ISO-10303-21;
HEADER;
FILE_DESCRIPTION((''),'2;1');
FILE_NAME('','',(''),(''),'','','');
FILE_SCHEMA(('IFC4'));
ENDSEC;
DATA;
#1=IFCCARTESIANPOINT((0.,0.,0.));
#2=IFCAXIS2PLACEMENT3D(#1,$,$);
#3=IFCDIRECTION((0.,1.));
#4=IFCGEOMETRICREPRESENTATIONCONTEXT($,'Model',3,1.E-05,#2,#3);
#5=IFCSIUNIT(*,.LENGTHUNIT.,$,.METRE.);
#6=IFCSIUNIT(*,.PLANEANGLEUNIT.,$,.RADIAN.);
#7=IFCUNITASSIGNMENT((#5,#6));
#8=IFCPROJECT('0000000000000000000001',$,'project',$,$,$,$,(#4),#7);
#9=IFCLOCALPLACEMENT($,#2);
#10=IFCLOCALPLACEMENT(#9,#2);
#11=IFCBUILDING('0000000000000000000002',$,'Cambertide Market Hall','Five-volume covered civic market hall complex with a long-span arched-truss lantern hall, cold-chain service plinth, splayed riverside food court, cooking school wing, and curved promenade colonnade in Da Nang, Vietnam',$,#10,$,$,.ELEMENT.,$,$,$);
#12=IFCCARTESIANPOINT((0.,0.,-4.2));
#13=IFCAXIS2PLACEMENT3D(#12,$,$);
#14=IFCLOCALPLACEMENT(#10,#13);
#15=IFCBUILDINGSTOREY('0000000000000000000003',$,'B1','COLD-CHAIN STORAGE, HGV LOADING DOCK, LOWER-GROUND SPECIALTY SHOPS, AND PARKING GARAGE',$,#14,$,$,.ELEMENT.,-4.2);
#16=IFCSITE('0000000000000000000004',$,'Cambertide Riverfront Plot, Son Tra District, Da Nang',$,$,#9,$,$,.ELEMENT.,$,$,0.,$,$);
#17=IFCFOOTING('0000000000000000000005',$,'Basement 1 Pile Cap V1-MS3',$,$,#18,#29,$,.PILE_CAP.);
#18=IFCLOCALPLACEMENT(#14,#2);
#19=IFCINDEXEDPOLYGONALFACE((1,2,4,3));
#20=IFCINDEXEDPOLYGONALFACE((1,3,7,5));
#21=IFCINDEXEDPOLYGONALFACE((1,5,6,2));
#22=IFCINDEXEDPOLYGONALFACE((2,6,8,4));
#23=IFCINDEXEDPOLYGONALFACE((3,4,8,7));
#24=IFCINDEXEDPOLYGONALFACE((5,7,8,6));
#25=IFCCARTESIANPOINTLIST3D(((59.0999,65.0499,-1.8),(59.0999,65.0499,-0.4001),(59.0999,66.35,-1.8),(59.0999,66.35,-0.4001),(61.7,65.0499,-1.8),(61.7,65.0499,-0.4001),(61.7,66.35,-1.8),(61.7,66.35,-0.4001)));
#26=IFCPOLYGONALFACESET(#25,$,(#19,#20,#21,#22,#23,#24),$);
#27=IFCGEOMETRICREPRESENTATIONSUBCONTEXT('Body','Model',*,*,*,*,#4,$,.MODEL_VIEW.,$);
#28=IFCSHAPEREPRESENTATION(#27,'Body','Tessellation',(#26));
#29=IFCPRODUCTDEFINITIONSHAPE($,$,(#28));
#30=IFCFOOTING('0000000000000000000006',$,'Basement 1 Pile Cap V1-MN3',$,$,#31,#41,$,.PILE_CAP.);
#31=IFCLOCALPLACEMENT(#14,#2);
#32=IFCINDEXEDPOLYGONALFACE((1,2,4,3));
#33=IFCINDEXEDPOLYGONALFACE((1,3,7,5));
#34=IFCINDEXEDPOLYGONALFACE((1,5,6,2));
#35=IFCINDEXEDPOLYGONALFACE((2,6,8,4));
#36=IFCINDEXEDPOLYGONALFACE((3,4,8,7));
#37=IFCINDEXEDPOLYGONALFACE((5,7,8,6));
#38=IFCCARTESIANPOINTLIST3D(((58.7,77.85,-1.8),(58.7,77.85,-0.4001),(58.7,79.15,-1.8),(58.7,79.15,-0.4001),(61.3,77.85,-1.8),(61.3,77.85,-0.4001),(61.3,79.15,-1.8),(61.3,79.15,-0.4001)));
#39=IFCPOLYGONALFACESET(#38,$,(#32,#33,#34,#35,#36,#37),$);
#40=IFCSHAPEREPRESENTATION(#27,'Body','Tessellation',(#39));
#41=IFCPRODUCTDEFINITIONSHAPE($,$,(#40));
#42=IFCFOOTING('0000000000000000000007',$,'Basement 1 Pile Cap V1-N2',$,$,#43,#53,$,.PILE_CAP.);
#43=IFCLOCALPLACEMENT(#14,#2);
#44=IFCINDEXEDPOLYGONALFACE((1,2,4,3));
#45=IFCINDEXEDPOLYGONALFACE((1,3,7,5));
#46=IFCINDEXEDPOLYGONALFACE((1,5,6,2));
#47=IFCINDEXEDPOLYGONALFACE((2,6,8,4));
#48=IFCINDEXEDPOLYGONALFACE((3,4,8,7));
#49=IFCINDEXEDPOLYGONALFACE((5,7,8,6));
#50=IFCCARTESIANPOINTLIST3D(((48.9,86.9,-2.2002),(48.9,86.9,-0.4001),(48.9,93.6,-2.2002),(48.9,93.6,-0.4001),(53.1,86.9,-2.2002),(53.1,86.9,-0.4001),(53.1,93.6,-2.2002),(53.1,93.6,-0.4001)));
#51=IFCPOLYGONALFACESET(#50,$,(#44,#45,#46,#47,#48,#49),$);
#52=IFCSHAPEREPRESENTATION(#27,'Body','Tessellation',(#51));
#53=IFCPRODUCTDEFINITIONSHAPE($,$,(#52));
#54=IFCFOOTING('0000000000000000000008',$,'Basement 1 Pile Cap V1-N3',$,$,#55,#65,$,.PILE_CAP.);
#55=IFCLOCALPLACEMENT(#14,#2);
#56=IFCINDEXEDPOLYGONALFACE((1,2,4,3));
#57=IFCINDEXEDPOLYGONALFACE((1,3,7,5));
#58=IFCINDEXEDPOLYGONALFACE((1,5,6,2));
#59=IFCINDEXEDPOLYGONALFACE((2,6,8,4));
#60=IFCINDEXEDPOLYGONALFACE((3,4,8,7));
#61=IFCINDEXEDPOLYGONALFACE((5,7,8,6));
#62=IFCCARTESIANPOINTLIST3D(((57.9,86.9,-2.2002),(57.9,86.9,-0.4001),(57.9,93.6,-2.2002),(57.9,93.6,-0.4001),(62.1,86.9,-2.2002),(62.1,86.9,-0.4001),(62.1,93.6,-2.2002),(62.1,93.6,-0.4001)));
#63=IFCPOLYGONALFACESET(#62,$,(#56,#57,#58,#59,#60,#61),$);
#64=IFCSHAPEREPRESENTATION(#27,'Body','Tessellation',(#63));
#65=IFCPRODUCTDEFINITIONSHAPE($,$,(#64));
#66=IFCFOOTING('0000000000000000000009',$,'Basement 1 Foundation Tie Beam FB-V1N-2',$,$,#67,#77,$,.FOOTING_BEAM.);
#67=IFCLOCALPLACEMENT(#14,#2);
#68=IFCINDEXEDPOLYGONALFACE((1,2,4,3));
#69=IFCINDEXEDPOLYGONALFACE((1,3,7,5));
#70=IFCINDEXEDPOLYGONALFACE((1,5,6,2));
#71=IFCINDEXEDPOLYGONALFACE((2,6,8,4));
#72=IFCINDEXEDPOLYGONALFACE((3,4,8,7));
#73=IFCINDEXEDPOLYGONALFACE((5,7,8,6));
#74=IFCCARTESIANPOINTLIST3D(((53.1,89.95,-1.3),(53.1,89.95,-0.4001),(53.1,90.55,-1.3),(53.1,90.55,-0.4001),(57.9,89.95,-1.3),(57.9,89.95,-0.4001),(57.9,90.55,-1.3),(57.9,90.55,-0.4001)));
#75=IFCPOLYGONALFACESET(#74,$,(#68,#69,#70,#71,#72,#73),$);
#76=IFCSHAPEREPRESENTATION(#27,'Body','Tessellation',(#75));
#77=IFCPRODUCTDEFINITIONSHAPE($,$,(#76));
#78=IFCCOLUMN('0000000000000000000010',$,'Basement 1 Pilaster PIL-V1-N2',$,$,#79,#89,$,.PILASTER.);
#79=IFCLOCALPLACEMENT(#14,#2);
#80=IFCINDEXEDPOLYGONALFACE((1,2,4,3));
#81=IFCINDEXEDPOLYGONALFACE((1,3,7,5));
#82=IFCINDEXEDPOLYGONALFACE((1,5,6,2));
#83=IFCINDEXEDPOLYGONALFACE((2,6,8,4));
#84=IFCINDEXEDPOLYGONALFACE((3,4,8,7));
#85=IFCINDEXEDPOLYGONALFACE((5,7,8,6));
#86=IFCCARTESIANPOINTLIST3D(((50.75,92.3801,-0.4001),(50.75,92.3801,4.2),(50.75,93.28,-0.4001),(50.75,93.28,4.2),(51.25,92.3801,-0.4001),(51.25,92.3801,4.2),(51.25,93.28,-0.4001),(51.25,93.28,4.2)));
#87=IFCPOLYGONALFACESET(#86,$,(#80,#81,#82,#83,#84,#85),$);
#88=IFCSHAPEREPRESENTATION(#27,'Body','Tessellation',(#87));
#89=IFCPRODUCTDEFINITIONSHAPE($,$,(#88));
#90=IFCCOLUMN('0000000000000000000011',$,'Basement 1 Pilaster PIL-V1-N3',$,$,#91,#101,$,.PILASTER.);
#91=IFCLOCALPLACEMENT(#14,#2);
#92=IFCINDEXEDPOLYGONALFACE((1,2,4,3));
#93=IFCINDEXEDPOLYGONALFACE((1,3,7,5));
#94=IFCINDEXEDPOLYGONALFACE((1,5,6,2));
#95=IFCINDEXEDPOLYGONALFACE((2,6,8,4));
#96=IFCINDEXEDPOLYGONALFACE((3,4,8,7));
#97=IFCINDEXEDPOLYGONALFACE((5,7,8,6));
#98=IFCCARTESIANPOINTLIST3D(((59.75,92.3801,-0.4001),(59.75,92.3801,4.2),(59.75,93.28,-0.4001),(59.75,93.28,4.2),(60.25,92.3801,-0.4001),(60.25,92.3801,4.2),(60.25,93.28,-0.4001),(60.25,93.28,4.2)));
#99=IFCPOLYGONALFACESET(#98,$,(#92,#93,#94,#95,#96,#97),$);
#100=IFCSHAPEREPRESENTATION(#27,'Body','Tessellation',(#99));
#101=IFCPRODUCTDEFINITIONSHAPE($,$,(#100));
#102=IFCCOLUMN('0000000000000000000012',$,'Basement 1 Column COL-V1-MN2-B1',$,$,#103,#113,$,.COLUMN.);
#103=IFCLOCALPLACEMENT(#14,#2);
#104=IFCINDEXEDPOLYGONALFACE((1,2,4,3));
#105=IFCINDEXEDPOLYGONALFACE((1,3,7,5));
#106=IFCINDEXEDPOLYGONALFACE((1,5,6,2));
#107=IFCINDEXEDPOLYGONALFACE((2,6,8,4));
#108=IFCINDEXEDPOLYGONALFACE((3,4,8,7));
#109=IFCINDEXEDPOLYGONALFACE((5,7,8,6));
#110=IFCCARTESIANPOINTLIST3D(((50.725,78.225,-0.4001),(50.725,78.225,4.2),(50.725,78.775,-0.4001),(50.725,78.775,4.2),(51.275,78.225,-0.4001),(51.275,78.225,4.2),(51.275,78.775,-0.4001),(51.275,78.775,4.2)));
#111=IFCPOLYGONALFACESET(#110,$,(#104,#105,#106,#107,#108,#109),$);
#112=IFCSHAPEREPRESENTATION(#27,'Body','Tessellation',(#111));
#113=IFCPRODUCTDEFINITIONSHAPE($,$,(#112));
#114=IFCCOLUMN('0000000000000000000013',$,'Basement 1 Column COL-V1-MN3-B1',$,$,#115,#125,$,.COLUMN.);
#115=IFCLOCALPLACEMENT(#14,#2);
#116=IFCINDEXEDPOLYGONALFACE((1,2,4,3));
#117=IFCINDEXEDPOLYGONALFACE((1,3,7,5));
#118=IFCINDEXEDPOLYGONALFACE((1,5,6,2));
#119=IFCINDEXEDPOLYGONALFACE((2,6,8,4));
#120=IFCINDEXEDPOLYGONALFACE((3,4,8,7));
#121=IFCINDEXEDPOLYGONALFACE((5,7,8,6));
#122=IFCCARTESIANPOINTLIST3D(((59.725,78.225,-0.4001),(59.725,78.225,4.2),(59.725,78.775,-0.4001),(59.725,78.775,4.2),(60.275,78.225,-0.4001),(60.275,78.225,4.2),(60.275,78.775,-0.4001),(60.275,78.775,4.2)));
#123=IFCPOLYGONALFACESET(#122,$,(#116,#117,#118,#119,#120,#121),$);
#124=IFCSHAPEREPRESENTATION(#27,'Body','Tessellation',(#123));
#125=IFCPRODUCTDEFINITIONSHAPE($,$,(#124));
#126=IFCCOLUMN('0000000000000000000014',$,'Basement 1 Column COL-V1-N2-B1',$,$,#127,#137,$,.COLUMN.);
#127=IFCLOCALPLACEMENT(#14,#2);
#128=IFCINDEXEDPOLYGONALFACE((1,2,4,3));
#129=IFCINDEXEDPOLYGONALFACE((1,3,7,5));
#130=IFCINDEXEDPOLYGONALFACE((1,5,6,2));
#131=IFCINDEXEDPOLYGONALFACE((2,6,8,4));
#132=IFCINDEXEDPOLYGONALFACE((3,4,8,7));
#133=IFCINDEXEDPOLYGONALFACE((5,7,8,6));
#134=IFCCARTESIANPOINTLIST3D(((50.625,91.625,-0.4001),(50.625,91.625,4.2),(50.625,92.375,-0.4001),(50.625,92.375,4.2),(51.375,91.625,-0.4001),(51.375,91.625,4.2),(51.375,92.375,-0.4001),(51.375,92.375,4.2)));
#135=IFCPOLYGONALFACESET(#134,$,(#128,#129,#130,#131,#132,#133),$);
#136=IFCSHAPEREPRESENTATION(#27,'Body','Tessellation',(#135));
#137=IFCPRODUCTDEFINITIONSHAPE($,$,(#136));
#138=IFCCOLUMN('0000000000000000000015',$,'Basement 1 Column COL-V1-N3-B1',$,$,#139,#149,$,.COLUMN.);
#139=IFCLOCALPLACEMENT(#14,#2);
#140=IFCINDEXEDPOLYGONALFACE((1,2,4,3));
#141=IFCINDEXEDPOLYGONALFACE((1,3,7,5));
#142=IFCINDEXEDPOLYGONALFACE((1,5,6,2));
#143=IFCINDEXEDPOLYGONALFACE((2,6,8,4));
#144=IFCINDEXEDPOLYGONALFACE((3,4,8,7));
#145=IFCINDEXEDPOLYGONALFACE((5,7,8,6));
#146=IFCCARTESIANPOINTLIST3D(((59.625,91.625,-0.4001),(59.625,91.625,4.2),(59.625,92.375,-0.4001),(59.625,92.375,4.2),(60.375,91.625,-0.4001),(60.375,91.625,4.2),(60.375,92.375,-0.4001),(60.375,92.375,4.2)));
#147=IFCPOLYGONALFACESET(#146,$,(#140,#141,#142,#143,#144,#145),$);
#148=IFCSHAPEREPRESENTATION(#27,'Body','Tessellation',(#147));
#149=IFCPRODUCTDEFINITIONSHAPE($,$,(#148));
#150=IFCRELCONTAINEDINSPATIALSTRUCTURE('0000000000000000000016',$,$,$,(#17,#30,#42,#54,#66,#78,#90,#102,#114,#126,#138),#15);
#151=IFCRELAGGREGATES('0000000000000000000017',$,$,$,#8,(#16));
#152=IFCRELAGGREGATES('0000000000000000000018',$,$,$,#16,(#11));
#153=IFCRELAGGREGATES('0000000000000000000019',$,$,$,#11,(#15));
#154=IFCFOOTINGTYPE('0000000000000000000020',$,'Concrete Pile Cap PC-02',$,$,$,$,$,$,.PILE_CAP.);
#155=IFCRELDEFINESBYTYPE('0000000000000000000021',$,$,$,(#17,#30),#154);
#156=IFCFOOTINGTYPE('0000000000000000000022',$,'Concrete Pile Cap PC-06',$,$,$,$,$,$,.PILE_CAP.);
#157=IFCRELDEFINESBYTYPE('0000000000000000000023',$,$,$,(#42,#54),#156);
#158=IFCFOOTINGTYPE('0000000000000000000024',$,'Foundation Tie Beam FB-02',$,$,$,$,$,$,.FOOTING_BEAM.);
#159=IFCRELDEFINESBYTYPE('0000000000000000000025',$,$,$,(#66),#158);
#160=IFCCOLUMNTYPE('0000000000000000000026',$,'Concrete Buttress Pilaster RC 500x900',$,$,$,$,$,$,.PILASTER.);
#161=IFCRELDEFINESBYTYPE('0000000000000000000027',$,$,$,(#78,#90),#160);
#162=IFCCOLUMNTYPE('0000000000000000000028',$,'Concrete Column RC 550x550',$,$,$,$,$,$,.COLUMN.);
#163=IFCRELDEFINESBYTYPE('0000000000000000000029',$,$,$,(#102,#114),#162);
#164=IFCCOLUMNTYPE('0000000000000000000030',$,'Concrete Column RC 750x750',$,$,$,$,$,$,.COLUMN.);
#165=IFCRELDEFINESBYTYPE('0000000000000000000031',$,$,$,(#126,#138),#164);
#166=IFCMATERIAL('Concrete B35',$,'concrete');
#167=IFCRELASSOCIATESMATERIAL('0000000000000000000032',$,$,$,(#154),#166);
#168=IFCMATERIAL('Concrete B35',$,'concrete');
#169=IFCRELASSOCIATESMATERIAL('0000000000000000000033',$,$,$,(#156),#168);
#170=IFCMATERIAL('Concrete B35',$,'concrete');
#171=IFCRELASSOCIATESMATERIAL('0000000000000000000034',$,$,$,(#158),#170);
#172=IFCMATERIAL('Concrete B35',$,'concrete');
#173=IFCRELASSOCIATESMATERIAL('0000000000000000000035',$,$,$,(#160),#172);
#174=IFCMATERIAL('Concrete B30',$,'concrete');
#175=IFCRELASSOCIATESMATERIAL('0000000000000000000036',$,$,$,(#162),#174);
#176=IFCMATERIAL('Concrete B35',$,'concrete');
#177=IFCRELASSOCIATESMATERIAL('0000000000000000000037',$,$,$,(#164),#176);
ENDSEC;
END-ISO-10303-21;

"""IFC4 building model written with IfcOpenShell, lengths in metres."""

from ifc_helpers import new_model, si_unit, direction, frame, origin, origin_2d, place, context, subcontext, project, spatial, rectangle, extrude, material, material_profile, profile_set, type_object, element, save


model = new_model("IFC4")

# Units and contexts
model_context = context("Model", 3, precision=1e-05, world=origin(), true_north=direction((0.0, 1.0)))
body_context = subcontext(model_context, "Body", "Model", "MODEL_VIEW")
ifc_project = project(units=[si_unit("LENGTHUNIT", "METRE"), si_unit("PLANEANGLEUNIT", "RADIAN")], contexts=[model_context])

# Site, building, storey
site_placement = place(None, origin())
site = spatial("IfcSite", under=ifc_project, at=site_placement, Name="Cambertide Riverfront Plot, Son Tra District, Da Nang", CompositionType="ELEMENT", RefElevation=0.0)
building_placement = place(site_placement, origin())
building = spatial("IfcBuilding", under=site, at=building_placement, Name="Cambertide Market Hall", Description="Five-volume covered civic market hall complex with a long-span arched-truss lantern hall, cold-chain service plinth, splayed riverside food court, cooking school wing, and curved promenade colonnade in Da Nang, Vietnam", CompositionType="ELEMENT")
storey_placement = place(building_placement, frame((0.0, 0.0, -4.2)))
storey = spatial("IfcBuildingStorey", under=building, at=storey_placement, Name="B1", Description="COLD-CHAIN STORAGE, HGV LOADING DOCK, LOWER-GROUND SPECIALTY SHOPS, AND PARKING GARAGE", CompositionType="ELEMENT", Elevation=-4.2)

# Footings
ifc_material_1 = material(Name="Concrete B35", Category="concrete")
footing_type_1 = type_object("IfcFootingType", Name="Concrete Pile Cap PC-02", PredefinedType="PILE_CAP", material=ifc_material_1)
for number, where, z_axis, x_axis, name in (
    (1, (60.3999, 65.7, -1.8), (0.0, 0.0, 1.0), (1.0, 0.0, 0.0), "Basement 1 Pile Cap V1-MS3"),
    (2, (60.0, 78.5, -1.8), (0.0, 0.0, 1.0), (1.0, 0.0, 0.0), "Basement 1 Pile Cap V1-MN3"),
):
    element("IfcFooting", number, at=place(storey_placement, frame(where, z_axis=z_axis, x_axis=x_axis)), inside=storey, type_object=footing_type_1, Name=name, PredefinedType="PILE_CAP", context=body_context, shape_type="SweptSolid", body=[
        extrude(rectangle(XDim=2.6001, YDim=1.3, at=origin_2d()), origin(), (0.0, 0.0, 1.0), 1.3999),
    ])
ifc_material_2 = material(Name="Concrete B35", Category="concrete")
footing_type_2 = type_object("IfcFootingType", Name="Concrete Pile Cap PC-06", PredefinedType="PILE_CAP", material=ifc_material_2)
for number, where, z_axis, x_axis, name in (
    (3, (51.0, 90.25, -2.2002), (0.0, 0.0, 1.0), (1.0, 0.0, 0.0), "Basement 1 Pile Cap V1-N2"),
    (4, (60.0, 90.25, -2.2002), (0.0, 0.0, 1.0), (1.0, 0.0, 0.0), "Basement 1 Pile Cap V1-N3"),
):
    element("IfcFooting", number, at=place(storey_placement, frame(where, z_axis=z_axis, x_axis=x_axis)), inside=storey, type_object=footing_type_2, Name=name, PredefinedType="PILE_CAP", context=body_context, shape_type="SweptSolid", body=[
        extrude(rectangle(XDim=4.2, YDim=6.7, at=origin_2d()), origin(), (0.0, 0.0, 1.0), 1.8),
    ])
ifc_material_3 = material(Name="Concrete B35", Category="concrete")
footing_type_3 = type_object("IfcFootingType", Name="Foundation Tie Beam FB-02", PredefinedType="FOOTING_BEAM", material=ifc_material_3)
footing_placement = place(storey_placement, frame((55.5, 90.25, -1.3), z_axis=(0.0, 0.0, 1.0), x_axis=(1.0, 0.0, 0.0)))
element("IfcFooting", 5, at=footing_placement, inside=storey, type_object=footing_type_3, Name="Basement 1 Foundation Tie Beam FB-V1N-2", PredefinedType="FOOTING_BEAM", context=body_context, shape_type="SweptSolid", body=[
    extrude(rectangle(XDim=4.8, YDim=0.6001, at=origin_2d()), origin(), (0.0, 0.0, 1.0), 0.8999),
])

# Columns
ifc_material_4 = material(Name="Concrete B35", Category="concrete")
ifc_material_profile_1 = material_profile(ifc_material_4, rectangle(XDim=0.5, YDim=0.8999, at=origin_2d()), Name="RC 500x900")
ifc_profile_set_1 = profile_set([ifc_material_profile_1], Name="Concrete B35")
column_type_1 = type_object("IfcColumnType", Name="Concrete Buttress Pilaster RC 500x900", PredefinedType="PILASTER", material=ifc_profile_set_1)
for number, where, z_axis, x_axis, name in (
    (6, (51.0, 92.8301, -0.4001), (0.0, 0.0, 1.0), (1.0, 0.0, 0.0), "Basement 1 Pilaster PIL-V1-N2"),
    (7, (60.0, 92.8301, -0.4001), (0.0, 0.0, 1.0), (1.0, 0.0, 0.0), "Basement 1 Pilaster PIL-V1-N3"),
):
    element("IfcColumn", number, at=place(storey_placement, frame(where, z_axis=z_axis, x_axis=x_axis)), inside=storey, type_object=column_type_1, Name=name, PredefinedType="PILASTER", context=body_context, shape_type="SweptSolid", body=[
        extrude(rectangle(XDim=0.5, YDim=0.8999, at=origin_2d()), origin(), (0.0, 0.0, 1.0), 4.6001),
    ])
ifc_material_5 = material(Name="Concrete B30", Category="concrete")
ifc_material_profile_2 = material_profile(ifc_material_5, rectangle(XDim=0.55, YDim=0.55, at=origin_2d()), Name="RC 550x550")
ifc_profile_set_2 = profile_set([ifc_material_profile_2], Name="Concrete B30")
column_type_2 = type_object("IfcColumnType", Name="Concrete Column RC 550x550", PredefinedType="COLUMN", material=ifc_profile_set_2)
for number, where, z_axis, x_axis, name in (
    (8, (51.0, 78.5, -0.4001), (0.0, 0.0, 1.0), (1.0, 0.0, 0.0), "Basement 1 Column COL-V1-MN2-B1"),
    (9, (60.0, 78.5, -0.4001), (0.0, 0.0, 1.0), (1.0, 0.0, 0.0), "Basement 1 Column COL-V1-MN3-B1"),
):
    element("IfcColumn", number, at=place(storey_placement, frame(where, z_axis=z_axis, x_axis=x_axis)), inside=storey, type_object=column_type_2, Name=name, PredefinedType="COLUMN", context=body_context, shape_type="SweptSolid", body=[
        extrude(rectangle(XDim=0.55, YDim=0.55, at=origin_2d()), origin(), (0.0, 0.0, 1.0), 4.6001),
    ])
ifc_material_6 = material(Name="Concrete B35", Category="concrete")
ifc_material_profile_3 = material_profile(ifc_material_6, rectangle(XDim=0.75, YDim=0.75, at=origin_2d()), Name="RC 750x750")
ifc_profile_set_3 = profile_set([ifc_material_profile_3], Name="Concrete B35")
column_type_3 = type_object("IfcColumnType", Name="Concrete Column RC 750x750", PredefinedType="COLUMN", material=ifc_profile_set_3)
for number, where, z_axis, x_axis, name in (
    (10, (51.0, 92.0, -0.4001), (0.0, 0.0, 1.0), (0.0, 1.0, 0.0), "Basement 1 Column COL-V1-N2-B1"),
    (11, (60.0, 92.0, -0.4001), (0.0, 0.0, 1.0), (0.0, 1.0, 0.0), "Basement 1 Column COL-V1-N3-B1"),
):
    element("IfcColumn", number, at=place(storey_placement, frame(where, z_axis=z_axis, x_axis=x_axis)), inside=storey, type_object=column_type_3, Name=name, PredefinedType="COLUMN", context=body_context, shape_type="SweptSolid", body=[
        extrude(rectangle(XDim=0.75, YDim=0.75, at=origin_2d()), origin(), (0.0, 0.0, 1.0), 4.6001),
    ])

save(model, "model.ifc")
